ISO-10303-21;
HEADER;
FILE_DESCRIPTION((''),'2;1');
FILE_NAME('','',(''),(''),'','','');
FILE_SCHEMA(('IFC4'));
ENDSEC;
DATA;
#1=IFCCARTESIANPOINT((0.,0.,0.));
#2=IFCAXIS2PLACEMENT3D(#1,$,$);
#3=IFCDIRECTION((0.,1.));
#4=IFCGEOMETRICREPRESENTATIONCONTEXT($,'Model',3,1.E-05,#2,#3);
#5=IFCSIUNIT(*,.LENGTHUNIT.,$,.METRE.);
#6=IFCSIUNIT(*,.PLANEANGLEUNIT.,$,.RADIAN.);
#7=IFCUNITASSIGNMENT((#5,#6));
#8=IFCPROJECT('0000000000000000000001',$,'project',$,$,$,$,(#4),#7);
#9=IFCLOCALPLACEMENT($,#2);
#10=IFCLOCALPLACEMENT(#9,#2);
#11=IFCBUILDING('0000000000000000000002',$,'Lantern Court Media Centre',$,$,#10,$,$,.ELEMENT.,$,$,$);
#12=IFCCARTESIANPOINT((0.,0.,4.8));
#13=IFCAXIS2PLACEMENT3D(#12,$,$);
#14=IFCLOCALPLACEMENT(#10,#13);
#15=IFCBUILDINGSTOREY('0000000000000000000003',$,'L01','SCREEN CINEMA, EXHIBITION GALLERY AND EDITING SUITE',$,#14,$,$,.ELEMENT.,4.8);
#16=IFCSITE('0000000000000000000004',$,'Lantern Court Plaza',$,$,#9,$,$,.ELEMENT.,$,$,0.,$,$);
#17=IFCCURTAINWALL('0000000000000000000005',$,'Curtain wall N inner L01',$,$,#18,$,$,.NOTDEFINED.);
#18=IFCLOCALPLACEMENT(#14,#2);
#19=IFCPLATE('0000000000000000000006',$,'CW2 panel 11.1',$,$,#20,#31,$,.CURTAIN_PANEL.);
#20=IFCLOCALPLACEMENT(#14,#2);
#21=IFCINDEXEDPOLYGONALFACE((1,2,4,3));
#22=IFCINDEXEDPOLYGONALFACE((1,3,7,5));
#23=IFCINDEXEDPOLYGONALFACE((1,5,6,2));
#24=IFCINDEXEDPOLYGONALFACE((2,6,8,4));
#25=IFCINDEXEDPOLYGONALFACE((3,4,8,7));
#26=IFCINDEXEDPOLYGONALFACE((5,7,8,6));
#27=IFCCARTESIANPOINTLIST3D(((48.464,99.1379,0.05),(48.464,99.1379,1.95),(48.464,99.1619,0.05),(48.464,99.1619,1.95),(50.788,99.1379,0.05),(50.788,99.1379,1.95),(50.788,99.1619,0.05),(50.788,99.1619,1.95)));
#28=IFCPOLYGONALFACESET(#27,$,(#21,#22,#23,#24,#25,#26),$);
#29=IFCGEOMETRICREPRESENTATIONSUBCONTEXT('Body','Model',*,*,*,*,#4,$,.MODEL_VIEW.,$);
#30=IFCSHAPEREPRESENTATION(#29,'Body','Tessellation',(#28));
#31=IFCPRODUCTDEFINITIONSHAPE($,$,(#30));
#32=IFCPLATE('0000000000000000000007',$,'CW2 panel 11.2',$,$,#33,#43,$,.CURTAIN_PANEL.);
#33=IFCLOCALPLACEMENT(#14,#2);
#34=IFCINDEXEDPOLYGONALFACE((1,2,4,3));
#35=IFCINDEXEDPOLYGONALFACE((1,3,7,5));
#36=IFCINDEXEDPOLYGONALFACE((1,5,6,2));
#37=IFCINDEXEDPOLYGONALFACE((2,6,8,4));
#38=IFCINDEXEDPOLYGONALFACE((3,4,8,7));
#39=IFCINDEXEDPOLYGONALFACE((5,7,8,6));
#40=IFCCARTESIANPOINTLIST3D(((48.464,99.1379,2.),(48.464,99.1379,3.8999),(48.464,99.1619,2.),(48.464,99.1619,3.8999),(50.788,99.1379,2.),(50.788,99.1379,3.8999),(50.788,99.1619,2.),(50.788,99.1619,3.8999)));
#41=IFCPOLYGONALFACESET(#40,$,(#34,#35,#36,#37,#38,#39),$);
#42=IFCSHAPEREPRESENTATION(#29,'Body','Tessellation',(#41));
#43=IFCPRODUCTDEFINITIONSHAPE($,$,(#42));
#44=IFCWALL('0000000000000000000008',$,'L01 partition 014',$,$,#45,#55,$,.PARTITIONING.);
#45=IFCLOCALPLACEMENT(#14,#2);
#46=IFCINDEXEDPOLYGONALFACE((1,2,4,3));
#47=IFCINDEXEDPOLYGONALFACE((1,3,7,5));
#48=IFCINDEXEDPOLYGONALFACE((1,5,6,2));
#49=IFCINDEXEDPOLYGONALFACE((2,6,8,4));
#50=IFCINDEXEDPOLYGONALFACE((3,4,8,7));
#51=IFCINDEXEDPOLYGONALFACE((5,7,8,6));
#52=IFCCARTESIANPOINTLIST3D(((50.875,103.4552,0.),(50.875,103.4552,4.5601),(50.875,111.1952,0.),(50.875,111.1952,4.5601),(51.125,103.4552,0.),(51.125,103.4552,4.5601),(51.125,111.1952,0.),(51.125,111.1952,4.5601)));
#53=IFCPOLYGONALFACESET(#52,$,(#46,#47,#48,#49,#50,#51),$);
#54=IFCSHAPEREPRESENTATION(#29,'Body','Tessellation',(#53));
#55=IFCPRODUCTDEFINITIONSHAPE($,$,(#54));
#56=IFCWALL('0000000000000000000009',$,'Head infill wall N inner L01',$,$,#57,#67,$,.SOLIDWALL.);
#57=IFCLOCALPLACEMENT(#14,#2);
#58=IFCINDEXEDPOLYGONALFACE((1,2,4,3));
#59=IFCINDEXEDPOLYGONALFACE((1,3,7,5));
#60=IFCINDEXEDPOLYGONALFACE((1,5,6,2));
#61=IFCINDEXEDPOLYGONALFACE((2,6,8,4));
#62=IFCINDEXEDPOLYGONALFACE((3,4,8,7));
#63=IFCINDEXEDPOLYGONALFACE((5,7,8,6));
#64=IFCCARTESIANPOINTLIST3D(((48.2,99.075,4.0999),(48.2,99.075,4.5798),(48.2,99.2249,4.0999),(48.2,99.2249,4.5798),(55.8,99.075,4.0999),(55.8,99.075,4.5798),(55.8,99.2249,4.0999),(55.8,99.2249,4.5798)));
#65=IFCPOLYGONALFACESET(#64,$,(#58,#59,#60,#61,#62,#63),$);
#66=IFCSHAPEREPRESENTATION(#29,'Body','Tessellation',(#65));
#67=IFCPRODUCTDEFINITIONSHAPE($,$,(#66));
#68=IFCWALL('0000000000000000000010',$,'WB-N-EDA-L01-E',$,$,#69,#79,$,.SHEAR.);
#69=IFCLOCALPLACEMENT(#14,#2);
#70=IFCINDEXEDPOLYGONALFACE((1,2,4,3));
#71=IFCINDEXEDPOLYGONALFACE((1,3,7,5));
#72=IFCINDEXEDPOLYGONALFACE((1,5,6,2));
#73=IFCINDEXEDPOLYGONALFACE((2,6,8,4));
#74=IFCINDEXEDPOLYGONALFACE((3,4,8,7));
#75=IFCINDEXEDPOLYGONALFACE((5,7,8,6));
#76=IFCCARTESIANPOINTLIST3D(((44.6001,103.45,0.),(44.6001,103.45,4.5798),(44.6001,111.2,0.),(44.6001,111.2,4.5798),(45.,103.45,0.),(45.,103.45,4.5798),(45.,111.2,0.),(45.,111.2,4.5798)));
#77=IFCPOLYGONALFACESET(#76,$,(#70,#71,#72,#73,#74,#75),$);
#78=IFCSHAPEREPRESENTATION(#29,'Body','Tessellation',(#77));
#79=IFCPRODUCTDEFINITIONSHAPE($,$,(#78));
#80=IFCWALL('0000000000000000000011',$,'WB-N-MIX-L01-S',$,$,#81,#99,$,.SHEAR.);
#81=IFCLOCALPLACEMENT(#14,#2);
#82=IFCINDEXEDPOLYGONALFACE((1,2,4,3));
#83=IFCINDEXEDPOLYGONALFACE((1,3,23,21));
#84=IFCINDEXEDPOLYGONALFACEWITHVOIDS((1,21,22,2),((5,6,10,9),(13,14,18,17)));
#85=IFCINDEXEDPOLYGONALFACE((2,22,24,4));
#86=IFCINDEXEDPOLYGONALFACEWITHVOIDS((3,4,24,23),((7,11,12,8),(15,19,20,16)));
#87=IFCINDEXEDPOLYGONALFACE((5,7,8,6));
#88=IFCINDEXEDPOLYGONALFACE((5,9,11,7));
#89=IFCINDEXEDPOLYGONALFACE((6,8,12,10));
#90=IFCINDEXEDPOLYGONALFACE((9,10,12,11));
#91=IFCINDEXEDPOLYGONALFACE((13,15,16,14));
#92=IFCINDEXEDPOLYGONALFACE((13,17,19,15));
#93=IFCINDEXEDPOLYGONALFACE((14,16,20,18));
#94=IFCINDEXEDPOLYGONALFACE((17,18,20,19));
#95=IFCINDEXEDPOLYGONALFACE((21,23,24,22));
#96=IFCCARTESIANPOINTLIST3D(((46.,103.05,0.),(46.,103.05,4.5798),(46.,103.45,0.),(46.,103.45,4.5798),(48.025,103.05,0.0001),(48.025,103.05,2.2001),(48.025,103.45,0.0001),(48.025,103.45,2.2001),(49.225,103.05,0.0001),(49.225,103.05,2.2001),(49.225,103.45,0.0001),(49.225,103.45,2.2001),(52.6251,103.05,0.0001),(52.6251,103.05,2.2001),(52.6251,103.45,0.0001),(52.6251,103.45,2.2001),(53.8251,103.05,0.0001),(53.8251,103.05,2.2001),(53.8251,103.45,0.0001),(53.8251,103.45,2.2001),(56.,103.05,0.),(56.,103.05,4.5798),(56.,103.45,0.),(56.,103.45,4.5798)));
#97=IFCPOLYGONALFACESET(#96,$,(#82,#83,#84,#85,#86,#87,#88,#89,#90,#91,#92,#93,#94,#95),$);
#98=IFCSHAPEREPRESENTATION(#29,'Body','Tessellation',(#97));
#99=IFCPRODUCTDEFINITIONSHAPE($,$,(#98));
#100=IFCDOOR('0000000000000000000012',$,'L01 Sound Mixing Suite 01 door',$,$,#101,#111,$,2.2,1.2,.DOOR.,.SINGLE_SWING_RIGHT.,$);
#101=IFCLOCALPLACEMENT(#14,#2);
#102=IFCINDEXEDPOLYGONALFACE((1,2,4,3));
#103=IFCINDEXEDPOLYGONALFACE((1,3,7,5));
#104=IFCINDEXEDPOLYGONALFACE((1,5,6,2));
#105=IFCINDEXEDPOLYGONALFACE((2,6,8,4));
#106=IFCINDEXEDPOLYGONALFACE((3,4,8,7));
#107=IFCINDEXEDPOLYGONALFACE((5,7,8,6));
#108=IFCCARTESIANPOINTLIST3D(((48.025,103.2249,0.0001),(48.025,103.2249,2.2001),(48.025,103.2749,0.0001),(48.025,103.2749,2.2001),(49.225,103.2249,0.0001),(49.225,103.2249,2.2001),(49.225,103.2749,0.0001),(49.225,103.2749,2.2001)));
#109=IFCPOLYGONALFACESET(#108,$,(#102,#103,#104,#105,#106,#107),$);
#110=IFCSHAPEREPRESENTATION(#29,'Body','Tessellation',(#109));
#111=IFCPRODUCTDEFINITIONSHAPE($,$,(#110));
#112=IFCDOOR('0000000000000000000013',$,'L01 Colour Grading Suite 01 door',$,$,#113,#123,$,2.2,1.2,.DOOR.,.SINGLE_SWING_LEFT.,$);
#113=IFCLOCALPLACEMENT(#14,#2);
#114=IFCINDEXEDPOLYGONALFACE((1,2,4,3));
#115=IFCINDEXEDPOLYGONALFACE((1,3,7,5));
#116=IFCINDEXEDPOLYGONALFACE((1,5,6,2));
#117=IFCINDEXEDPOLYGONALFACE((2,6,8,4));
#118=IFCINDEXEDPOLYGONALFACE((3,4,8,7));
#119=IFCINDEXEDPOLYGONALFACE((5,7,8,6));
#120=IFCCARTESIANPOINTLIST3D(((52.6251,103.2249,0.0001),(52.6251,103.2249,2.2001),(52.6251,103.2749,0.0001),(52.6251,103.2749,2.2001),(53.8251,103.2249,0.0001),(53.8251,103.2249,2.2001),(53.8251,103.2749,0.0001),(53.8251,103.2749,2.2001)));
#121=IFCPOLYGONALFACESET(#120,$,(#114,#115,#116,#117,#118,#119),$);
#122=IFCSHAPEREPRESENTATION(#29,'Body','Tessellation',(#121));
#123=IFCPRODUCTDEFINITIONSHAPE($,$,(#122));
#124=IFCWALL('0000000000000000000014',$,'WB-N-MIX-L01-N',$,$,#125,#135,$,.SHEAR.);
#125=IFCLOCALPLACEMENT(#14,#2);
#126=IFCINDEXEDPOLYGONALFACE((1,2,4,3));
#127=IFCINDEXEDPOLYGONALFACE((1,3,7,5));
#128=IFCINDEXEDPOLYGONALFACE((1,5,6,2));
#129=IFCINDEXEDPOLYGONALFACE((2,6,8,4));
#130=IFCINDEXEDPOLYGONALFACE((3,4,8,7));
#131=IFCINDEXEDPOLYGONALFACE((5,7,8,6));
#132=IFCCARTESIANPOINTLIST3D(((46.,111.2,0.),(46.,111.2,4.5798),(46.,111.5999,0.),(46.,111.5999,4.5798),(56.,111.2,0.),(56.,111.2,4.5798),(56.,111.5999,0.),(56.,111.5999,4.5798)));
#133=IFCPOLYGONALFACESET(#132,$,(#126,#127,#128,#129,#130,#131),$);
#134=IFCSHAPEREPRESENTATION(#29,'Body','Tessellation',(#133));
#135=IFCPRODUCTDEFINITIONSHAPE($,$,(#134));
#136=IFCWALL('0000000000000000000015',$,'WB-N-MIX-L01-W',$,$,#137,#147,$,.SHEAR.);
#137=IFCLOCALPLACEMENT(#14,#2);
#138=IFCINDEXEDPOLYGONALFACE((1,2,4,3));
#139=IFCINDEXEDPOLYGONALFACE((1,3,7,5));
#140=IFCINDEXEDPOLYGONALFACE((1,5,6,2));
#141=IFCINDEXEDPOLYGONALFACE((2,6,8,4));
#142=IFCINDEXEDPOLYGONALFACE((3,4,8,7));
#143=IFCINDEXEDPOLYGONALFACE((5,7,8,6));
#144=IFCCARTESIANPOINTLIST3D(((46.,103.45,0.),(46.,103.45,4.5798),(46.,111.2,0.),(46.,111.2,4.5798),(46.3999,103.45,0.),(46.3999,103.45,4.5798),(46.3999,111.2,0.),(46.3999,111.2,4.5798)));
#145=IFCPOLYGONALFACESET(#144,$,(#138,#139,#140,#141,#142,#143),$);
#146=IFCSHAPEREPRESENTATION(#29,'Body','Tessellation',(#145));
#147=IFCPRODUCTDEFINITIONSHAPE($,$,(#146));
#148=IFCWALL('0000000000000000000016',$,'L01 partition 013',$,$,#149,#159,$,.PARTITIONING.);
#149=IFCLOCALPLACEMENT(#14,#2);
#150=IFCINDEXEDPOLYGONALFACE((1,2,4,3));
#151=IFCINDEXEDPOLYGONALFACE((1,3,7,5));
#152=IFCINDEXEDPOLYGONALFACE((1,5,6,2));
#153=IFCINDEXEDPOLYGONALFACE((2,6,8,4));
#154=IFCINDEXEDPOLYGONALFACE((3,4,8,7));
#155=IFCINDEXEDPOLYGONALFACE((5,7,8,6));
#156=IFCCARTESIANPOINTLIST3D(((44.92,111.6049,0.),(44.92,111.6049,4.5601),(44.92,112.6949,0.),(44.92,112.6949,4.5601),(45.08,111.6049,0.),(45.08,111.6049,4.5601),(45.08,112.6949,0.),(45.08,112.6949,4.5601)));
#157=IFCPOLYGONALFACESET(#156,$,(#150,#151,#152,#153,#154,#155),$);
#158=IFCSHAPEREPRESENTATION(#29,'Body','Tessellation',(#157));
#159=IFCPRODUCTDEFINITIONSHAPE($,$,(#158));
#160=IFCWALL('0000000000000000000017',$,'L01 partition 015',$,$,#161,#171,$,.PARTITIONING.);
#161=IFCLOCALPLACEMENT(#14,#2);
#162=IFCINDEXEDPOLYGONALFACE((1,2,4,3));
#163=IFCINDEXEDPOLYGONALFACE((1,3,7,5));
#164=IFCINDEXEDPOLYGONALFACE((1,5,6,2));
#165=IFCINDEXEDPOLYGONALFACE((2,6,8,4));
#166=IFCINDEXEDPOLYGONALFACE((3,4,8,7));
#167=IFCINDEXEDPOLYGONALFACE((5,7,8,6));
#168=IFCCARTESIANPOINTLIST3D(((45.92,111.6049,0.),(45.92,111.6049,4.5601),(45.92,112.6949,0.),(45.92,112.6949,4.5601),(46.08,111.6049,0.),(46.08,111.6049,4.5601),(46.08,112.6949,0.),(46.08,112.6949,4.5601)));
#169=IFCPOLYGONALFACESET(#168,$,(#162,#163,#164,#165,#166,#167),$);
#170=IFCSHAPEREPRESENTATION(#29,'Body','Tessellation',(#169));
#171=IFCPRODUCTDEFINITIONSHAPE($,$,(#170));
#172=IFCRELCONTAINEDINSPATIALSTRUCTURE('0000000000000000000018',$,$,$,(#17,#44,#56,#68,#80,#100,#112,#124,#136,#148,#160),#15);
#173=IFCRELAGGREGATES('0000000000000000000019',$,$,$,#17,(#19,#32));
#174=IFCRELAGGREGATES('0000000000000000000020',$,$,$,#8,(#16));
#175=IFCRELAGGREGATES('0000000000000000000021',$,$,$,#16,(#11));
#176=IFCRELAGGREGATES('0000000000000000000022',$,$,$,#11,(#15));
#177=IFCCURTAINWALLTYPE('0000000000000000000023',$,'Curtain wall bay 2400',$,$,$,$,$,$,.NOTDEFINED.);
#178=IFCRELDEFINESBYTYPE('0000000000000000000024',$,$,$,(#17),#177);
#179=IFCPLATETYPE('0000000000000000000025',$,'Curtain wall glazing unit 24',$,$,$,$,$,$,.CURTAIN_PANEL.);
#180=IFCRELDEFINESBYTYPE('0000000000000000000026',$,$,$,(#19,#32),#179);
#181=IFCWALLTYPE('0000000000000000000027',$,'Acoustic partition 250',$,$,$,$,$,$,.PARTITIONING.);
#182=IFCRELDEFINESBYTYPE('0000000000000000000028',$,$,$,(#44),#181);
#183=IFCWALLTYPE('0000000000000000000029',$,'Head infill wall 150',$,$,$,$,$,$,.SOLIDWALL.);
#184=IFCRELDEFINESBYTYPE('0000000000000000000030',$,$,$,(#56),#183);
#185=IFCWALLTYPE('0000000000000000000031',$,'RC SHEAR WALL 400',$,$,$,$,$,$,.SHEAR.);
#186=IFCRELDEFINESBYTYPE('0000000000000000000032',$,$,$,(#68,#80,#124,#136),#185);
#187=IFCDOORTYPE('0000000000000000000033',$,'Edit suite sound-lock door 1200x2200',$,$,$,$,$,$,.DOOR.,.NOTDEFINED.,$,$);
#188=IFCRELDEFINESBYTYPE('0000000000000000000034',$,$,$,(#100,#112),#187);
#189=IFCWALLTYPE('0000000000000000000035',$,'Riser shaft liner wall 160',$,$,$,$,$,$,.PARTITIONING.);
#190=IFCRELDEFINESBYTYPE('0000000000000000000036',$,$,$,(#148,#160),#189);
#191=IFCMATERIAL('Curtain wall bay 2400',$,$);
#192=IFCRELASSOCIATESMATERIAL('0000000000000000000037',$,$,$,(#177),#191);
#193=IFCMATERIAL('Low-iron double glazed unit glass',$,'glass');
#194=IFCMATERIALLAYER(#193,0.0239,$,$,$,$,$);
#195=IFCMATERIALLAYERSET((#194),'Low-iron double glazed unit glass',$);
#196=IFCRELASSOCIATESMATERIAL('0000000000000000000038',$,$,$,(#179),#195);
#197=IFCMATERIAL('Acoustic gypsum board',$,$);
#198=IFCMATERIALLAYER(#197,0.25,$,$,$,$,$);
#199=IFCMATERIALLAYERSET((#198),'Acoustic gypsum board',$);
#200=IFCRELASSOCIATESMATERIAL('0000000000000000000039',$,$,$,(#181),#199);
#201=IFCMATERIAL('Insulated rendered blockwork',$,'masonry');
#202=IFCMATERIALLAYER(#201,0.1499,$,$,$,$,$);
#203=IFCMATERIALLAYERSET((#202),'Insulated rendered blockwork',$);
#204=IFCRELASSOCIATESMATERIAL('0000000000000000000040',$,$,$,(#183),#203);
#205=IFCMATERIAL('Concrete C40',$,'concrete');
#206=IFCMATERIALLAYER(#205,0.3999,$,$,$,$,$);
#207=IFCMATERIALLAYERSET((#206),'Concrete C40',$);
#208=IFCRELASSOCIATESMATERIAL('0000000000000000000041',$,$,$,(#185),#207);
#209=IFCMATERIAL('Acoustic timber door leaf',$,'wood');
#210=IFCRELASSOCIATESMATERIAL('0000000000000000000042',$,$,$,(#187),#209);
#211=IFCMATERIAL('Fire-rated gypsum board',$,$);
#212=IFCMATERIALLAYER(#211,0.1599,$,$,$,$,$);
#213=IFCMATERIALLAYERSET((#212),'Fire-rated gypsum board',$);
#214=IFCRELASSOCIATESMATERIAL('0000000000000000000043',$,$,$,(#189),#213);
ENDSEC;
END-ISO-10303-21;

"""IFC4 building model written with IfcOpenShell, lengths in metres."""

from ifc_helpers import new_model, si_unit, direction, frame, frame_2d, origin, origin_2d, place, context, subcontext, project, spatial, rectangle, extrude, material, layer, layer_set, type_object, element, fill, aggregate, save


model = new_model("IFC4")

# Units and contexts
model_context = context("Model", 3, precision=1e-05, world=origin(), true_north=direction((0.0, 1.0)))
body_context = subcontext(model_context, "Body", "Model", "MODEL_VIEW")
ifc_project = project(units=[si_unit("LENGTHUNIT", "METRE"), si_unit("PLANEANGLEUNIT", "RADIAN")], contexts=[model_context])

# Site, building, storey
site_placement = place(None, origin())
site = spatial("IfcSite", under=ifc_project, at=site_placement, Name="Lantern Court Plaza", CompositionType="ELEMENT", RefElevation=0.0)
building_placement = place(site_placement, origin())
building = spatial("IfcBuilding", under=site, at=building_placement, Name="Lantern Court Media Centre", CompositionType="ELEMENT")
storey_placement = place(building_placement, frame((0.0, 0.0, 4.8)))
storey = spatial("IfcBuildingStorey", under=building, at=storey_placement, Name="L01", Description="SCREEN CINEMA, EXHIBITION GALLERY AND EDITING SUITE", CompositionType="ELEMENT", Elevation=4.8)

# Curtain wall
ifc_material_1 = material(Name="Curtain wall bay 2400")
curtain_wall_type = type_object("IfcCurtainWallType", Name="Curtain wall bay 2400", PredefinedType="NOTDEFINED", material=ifc_material_1)
curtain_wall_placement = place(storey_placement, origin())
curtain_wall = element("IfcCurtainWall", 1, at=curtain_wall_placement, inside=storey, type_object=curtain_wall_type, Name="Curtain wall N inner L01", PredefinedType="NOTDEFINED")

# Plates
ifc_material_2 = material(Name="Low-iron double glazed unit glass", Category="glass")
ifc_layer_1 = layer(ifc_material_2, 0.0239)
ifc_layer_set_1 = layer_set([ifc_layer_1], Name="Low-iron double glazed unit glass")
plate_type = type_object("IfcPlateType", Name="Curtain wall glazing unit 24", PredefinedType="CURTAIN_PANEL", material=ifc_layer_set_1)
plate_1_placement = place(storey_placement, frame((49.626, 99.1499, 0.05), z_axis=(0.0, 0.0, 1.0), x_axis=(1.0, 0.0, 0.0)))
plate_1 = element("IfcPlate", 2, at=plate_1_placement, type_object=plate_type, Name="CW2 panel 11.1", PredefinedType="CURTAIN_PANEL", context=body_context, shape_type="SweptSolid", body=[
    extrude(rectangle(XDim=2.324, YDim=0.0239, at=origin_2d()), origin(), (0.0, 0.0, 1.0), 1.8999),
])
plate_2_placement = place(storey_placement, frame((49.626, 99.1499, 2.0), z_axis=(0.0, 0.0, 1.0), x_axis=(1.0, 0.0, 0.0)))
plate_2 = element("IfcPlate", 3, at=plate_2_placement, type_object=plate_type, Name="CW2 panel 11.2", PredefinedType="CURTAIN_PANEL", context=body_context, shape_type="SweptSolid", body=[
    extrude(rectangle(XDim=2.324, YDim=0.0239, at=origin_2d()), origin(), (0.0, 0.0, 1.0), 1.8999),
])
aggregate(curtain_wall, [plate_1, plate_2])

# Walls
ifc_material_3 = material(Name="Acoustic gypsum board")
ifc_layer_2 = layer(ifc_material_3, 0.25)
ifc_layer_set_2 = layer_set([ifc_layer_2], Name="Acoustic gypsum board")
wall_type_1 = type_object("IfcWallType", Name="Acoustic partition 250", PredefinedType="PARTITIONING", material=ifc_layer_set_2)
wall_1_placement = place(storey_placement, frame((51.0, 103.4551, 0.0), z_axis=(0.0, 0.0, 1.0), x_axis=(0.0, 1.0, 0.0)))
element("IfcWall", 4, at=wall_1_placement, inside=storey, type_object=wall_type_1, Name="L01 partition 014", PredefinedType="PARTITIONING", context=body_context, shape_type="SweptSolid", body=[
    extrude(rectangle(XDim=7.74, YDim=0.25, at=frame_2d((3.8701, 0.0))), origin(), (0.0, 0.0, 1.0), 4.5601),
])
ifc_material_4 = material(Name="Insulated rendered blockwork", Category="masonry")
ifc_layer_3 = layer(ifc_material_4, 0.1499)
ifc_layer_set_3 = layer_set([ifc_layer_3], Name="Insulated rendered blockwork")
wall_type_2 = type_object("IfcWallType", Name="Head infill wall 150", PredefinedType="SOLIDWALL", material=ifc_layer_set_3)
wall_2_placement = place(storey_placement, frame((48.2, 99.1499, 4.0999), z_axis=(0.0, 0.0, 1.0), x_axis=(1.0, 0.0, 0.0)))
element("IfcWall", 5, at=wall_2_placement, inside=storey, type_object=wall_type_2, Name="Head infill wall N inner L01", PredefinedType="SOLIDWALL", context=body_context, shape_type="SweptSolid", body=[
    extrude(rectangle(XDim=7.6001, YDim=0.1499, at=frame_2d((3.8, 0.0))), origin(), (0.0, 0.0, 1.0), 0.48),
])
ifc_material_5 = material(Name="Concrete C40", Category="concrete")
ifc_layer_4 = layer(ifc_material_5, 0.3999)
ifc_layer_set_4 = layer_set([ifc_layer_4], Name="Concrete C40")
wall_type_3 = type_object("IfcWallType", Name="RC SHEAR WALL 400", PredefinedType="SHEAR", material=ifc_layer_set_4)
wall_3_placement = place(storey_placement, frame((44.8, 103.45, 0.0), z_axis=(0.0, 0.0, 1.0), x_axis=(0.0, 1.0, 0.0)))
element("IfcWall", 6, at=wall_3_placement, inside=storey, type_object=wall_type_3, Name="WB-N-EDA-L01-E", PredefinedType="SHEAR", context=body_context, shape_type="SweptSolid", body=[
    extrude(rectangle(XDim=7.75, YDim=0.3999, at=frame_2d((3.875, 0.0))), origin(), (0.0, 0.0, 1.0), 4.5798),
])

# Wall, openings, doors
wall_4_placement = place(storey_placement, frame((46.0, 103.25, 0.0), z_axis=(0.0, 0.0, 1.0), x_axis=(1.0, 0.0, 0.0)))
wall_4 = element("IfcWall", 7, at=wall_4_placement, inside=storey, type_object=wall_type_3, Name="WB-N-MIX-L01-S", PredefinedType="SHEAR", context=body_context, shape_type="SweptSolid", body=[
    extrude(rectangle(XDim=10.0, YDim=0.3999, at=frame_2d((5.0, 0.0))), origin(), (0.0, 0.0, 1.0), 4.5798),
])
opening_1_placement = place(wall_4_placement, frame((2.0249, 0.0, 0.0)))
opening_1 = element("IfcOpeningElement", 8, at=opening_1_placement, cuts=wall_4, PredefinedType="OPENING", context=body_context, shape_type="SweptSolid", body=[
    extrude(rectangle(XDim=1.2, YDim=2.2, at=frame_2d((0.6001, 1.1001))), frame((0.0, 0.21, 0.0), z_axis=(0.0, -1.0, 0.0), x_axis=(1.0, 0.0, 0.0)), (0.0, 0.0, 1.0), 0.4199),
])
opening_2_placement = place(wall_4_placement, frame((6.625, 0.0, 0.0)))
opening_2 = element("IfcOpeningElement", 9, at=opening_2_placement, cuts=wall_4, PredefinedType="OPENING", context=body_context, shape_type="SweptSolid", body=[
    extrude(rectangle(XDim=1.2, YDim=2.2, at=frame_2d((0.6001, 1.1001))), frame((0.0, 0.21, 0.0), z_axis=(0.0, -1.0, 0.0), x_axis=(1.0, 0.0, 0.0)), (0.0, 0.0, 1.0), 0.4199),
])
ifc_material_6 = material(Name="Acoustic timber door leaf", Category="wood")
door_type = type_object("IfcDoorType", Name="Edit suite sound-lock door 1200x2200", OperationType="NOTDEFINED", PredefinedType="DOOR", material=ifc_material_6)
door_1_placement = place(opening_1_placement, origin())
door_1 = element("IfcDoor", 10, at=door_1_placement, inside=storey, type_object=door_type, Name="L01 Sound Mixing Suite 01 door", OperationType="SINGLE_SWING_RIGHT", OverallHeight=2.2, OverallWidth=1.2, PredefinedType="DOOR", context=body_context, shape_type="SweptSolid", body=[
    extrude(rectangle(XDim=1.2, YDim=2.2, at=frame_2d((0.6001, 1.1001))), frame((0.0, 0.0249, 0.0), z_axis=(0.0, -1.0, 0.0), x_axis=(1.0, 0.0, 0.0)), (0.0, 0.0, 1.0), 0.05),
])
fill(opening_1, door_1)
door_2_placement = place(opening_2_placement, origin())
door_2 = element("IfcDoor", 11, at=door_2_placement, inside=storey, type_object=door_type, Name="L01 Colour Grading Suite 01 door", OperationType="SINGLE_SWING_LEFT", OverallHeight=2.2, OverallWidth=1.2, PredefinedType="DOOR", context=body_context, shape_type="SweptSolid", body=[
    extrude(rectangle(XDim=1.2, YDim=2.2, at=frame_2d((0.6001, 1.1001))), frame((0.0, 0.0249, 0.0), z_axis=(0.0, -1.0, 0.0), x_axis=(1.0, 0.0, 0.0)), (0.0, 0.0, 1.0), 0.05),
])
fill(opening_2, door_2)

# Walls
wall_5_placement = place(storey_placement, frame((46.0, 111.3999, 0.0), z_axis=(0.0, 0.0, 1.0), x_axis=(1.0, 0.0, 0.0)))
element("IfcWall", 12, at=wall_5_placement, inside=storey, type_object=wall_type_3, Name="WB-N-MIX-L01-N", PredefinedType="SHEAR", context=body_context, shape_type="SweptSolid", body=[
    extrude(rectangle(XDim=10.0, YDim=0.3999, at=frame_2d((5.0, 0.0))), origin(), (0.0, 0.0, 1.0), 4.5798),
])
wall_6_placement = place(storey_placement, frame((46.2, 103.45, 0.0), z_axis=(0.0, 0.0, 1.0), x_axis=(0.0, 1.0, 0.0)))
element("IfcWall", 13, at=wall_6_placement, inside=storey, type_object=wall_type_3, Name="WB-N-MIX-L01-W", PredefinedType="SHEAR", context=body_context, shape_type="SweptSolid", body=[
    extrude(rectangle(XDim=7.75, YDim=0.3999, at=frame_2d((3.875, 0.0))), origin(), (0.0, 0.0, 1.0), 4.5798),
])
ifc_material_7 = material(Name="Fire-rated gypsum board")
ifc_layer_5 = layer(ifc_material_7, 0.1599)
ifc_layer_set_5 = layer_set([ifc_layer_5], Name="Fire-rated gypsum board")
wall_type_4 = type_object("IfcWallType", Name="Riser shaft liner wall 160", PredefinedType="PARTITIONING", material=ifc_layer_set_5)
for number, where, z_axis, x_axis, name in (
    (14, (45.0, 111.605, 0.0), (0.0, 0.0, 1.0), (0.0, 1.0, 0.0), "L01 partition 013"),
    (15, (46.0, 111.605, 0.0), (0.0, 0.0, 1.0), (0.0, 1.0, 0.0), "L01 partition 015"),
):
    element("IfcWall", number, at=place(storey_placement, frame(where, z_axis=z_axis, x_axis=x_axis)), inside=storey, type_object=wall_type_4, Name=name, PredefinedType="PARTITIONING", context=body_context, shape_type="SweptSolid", body=[
        extrude(rectangle(XDim=1.0901, YDim=0.1599, at=frame_2d((0.5449, 0.0))), origin(), (0.0, 0.0, 1.0), 4.5601),
    ])

save(model, "model.ifc")
